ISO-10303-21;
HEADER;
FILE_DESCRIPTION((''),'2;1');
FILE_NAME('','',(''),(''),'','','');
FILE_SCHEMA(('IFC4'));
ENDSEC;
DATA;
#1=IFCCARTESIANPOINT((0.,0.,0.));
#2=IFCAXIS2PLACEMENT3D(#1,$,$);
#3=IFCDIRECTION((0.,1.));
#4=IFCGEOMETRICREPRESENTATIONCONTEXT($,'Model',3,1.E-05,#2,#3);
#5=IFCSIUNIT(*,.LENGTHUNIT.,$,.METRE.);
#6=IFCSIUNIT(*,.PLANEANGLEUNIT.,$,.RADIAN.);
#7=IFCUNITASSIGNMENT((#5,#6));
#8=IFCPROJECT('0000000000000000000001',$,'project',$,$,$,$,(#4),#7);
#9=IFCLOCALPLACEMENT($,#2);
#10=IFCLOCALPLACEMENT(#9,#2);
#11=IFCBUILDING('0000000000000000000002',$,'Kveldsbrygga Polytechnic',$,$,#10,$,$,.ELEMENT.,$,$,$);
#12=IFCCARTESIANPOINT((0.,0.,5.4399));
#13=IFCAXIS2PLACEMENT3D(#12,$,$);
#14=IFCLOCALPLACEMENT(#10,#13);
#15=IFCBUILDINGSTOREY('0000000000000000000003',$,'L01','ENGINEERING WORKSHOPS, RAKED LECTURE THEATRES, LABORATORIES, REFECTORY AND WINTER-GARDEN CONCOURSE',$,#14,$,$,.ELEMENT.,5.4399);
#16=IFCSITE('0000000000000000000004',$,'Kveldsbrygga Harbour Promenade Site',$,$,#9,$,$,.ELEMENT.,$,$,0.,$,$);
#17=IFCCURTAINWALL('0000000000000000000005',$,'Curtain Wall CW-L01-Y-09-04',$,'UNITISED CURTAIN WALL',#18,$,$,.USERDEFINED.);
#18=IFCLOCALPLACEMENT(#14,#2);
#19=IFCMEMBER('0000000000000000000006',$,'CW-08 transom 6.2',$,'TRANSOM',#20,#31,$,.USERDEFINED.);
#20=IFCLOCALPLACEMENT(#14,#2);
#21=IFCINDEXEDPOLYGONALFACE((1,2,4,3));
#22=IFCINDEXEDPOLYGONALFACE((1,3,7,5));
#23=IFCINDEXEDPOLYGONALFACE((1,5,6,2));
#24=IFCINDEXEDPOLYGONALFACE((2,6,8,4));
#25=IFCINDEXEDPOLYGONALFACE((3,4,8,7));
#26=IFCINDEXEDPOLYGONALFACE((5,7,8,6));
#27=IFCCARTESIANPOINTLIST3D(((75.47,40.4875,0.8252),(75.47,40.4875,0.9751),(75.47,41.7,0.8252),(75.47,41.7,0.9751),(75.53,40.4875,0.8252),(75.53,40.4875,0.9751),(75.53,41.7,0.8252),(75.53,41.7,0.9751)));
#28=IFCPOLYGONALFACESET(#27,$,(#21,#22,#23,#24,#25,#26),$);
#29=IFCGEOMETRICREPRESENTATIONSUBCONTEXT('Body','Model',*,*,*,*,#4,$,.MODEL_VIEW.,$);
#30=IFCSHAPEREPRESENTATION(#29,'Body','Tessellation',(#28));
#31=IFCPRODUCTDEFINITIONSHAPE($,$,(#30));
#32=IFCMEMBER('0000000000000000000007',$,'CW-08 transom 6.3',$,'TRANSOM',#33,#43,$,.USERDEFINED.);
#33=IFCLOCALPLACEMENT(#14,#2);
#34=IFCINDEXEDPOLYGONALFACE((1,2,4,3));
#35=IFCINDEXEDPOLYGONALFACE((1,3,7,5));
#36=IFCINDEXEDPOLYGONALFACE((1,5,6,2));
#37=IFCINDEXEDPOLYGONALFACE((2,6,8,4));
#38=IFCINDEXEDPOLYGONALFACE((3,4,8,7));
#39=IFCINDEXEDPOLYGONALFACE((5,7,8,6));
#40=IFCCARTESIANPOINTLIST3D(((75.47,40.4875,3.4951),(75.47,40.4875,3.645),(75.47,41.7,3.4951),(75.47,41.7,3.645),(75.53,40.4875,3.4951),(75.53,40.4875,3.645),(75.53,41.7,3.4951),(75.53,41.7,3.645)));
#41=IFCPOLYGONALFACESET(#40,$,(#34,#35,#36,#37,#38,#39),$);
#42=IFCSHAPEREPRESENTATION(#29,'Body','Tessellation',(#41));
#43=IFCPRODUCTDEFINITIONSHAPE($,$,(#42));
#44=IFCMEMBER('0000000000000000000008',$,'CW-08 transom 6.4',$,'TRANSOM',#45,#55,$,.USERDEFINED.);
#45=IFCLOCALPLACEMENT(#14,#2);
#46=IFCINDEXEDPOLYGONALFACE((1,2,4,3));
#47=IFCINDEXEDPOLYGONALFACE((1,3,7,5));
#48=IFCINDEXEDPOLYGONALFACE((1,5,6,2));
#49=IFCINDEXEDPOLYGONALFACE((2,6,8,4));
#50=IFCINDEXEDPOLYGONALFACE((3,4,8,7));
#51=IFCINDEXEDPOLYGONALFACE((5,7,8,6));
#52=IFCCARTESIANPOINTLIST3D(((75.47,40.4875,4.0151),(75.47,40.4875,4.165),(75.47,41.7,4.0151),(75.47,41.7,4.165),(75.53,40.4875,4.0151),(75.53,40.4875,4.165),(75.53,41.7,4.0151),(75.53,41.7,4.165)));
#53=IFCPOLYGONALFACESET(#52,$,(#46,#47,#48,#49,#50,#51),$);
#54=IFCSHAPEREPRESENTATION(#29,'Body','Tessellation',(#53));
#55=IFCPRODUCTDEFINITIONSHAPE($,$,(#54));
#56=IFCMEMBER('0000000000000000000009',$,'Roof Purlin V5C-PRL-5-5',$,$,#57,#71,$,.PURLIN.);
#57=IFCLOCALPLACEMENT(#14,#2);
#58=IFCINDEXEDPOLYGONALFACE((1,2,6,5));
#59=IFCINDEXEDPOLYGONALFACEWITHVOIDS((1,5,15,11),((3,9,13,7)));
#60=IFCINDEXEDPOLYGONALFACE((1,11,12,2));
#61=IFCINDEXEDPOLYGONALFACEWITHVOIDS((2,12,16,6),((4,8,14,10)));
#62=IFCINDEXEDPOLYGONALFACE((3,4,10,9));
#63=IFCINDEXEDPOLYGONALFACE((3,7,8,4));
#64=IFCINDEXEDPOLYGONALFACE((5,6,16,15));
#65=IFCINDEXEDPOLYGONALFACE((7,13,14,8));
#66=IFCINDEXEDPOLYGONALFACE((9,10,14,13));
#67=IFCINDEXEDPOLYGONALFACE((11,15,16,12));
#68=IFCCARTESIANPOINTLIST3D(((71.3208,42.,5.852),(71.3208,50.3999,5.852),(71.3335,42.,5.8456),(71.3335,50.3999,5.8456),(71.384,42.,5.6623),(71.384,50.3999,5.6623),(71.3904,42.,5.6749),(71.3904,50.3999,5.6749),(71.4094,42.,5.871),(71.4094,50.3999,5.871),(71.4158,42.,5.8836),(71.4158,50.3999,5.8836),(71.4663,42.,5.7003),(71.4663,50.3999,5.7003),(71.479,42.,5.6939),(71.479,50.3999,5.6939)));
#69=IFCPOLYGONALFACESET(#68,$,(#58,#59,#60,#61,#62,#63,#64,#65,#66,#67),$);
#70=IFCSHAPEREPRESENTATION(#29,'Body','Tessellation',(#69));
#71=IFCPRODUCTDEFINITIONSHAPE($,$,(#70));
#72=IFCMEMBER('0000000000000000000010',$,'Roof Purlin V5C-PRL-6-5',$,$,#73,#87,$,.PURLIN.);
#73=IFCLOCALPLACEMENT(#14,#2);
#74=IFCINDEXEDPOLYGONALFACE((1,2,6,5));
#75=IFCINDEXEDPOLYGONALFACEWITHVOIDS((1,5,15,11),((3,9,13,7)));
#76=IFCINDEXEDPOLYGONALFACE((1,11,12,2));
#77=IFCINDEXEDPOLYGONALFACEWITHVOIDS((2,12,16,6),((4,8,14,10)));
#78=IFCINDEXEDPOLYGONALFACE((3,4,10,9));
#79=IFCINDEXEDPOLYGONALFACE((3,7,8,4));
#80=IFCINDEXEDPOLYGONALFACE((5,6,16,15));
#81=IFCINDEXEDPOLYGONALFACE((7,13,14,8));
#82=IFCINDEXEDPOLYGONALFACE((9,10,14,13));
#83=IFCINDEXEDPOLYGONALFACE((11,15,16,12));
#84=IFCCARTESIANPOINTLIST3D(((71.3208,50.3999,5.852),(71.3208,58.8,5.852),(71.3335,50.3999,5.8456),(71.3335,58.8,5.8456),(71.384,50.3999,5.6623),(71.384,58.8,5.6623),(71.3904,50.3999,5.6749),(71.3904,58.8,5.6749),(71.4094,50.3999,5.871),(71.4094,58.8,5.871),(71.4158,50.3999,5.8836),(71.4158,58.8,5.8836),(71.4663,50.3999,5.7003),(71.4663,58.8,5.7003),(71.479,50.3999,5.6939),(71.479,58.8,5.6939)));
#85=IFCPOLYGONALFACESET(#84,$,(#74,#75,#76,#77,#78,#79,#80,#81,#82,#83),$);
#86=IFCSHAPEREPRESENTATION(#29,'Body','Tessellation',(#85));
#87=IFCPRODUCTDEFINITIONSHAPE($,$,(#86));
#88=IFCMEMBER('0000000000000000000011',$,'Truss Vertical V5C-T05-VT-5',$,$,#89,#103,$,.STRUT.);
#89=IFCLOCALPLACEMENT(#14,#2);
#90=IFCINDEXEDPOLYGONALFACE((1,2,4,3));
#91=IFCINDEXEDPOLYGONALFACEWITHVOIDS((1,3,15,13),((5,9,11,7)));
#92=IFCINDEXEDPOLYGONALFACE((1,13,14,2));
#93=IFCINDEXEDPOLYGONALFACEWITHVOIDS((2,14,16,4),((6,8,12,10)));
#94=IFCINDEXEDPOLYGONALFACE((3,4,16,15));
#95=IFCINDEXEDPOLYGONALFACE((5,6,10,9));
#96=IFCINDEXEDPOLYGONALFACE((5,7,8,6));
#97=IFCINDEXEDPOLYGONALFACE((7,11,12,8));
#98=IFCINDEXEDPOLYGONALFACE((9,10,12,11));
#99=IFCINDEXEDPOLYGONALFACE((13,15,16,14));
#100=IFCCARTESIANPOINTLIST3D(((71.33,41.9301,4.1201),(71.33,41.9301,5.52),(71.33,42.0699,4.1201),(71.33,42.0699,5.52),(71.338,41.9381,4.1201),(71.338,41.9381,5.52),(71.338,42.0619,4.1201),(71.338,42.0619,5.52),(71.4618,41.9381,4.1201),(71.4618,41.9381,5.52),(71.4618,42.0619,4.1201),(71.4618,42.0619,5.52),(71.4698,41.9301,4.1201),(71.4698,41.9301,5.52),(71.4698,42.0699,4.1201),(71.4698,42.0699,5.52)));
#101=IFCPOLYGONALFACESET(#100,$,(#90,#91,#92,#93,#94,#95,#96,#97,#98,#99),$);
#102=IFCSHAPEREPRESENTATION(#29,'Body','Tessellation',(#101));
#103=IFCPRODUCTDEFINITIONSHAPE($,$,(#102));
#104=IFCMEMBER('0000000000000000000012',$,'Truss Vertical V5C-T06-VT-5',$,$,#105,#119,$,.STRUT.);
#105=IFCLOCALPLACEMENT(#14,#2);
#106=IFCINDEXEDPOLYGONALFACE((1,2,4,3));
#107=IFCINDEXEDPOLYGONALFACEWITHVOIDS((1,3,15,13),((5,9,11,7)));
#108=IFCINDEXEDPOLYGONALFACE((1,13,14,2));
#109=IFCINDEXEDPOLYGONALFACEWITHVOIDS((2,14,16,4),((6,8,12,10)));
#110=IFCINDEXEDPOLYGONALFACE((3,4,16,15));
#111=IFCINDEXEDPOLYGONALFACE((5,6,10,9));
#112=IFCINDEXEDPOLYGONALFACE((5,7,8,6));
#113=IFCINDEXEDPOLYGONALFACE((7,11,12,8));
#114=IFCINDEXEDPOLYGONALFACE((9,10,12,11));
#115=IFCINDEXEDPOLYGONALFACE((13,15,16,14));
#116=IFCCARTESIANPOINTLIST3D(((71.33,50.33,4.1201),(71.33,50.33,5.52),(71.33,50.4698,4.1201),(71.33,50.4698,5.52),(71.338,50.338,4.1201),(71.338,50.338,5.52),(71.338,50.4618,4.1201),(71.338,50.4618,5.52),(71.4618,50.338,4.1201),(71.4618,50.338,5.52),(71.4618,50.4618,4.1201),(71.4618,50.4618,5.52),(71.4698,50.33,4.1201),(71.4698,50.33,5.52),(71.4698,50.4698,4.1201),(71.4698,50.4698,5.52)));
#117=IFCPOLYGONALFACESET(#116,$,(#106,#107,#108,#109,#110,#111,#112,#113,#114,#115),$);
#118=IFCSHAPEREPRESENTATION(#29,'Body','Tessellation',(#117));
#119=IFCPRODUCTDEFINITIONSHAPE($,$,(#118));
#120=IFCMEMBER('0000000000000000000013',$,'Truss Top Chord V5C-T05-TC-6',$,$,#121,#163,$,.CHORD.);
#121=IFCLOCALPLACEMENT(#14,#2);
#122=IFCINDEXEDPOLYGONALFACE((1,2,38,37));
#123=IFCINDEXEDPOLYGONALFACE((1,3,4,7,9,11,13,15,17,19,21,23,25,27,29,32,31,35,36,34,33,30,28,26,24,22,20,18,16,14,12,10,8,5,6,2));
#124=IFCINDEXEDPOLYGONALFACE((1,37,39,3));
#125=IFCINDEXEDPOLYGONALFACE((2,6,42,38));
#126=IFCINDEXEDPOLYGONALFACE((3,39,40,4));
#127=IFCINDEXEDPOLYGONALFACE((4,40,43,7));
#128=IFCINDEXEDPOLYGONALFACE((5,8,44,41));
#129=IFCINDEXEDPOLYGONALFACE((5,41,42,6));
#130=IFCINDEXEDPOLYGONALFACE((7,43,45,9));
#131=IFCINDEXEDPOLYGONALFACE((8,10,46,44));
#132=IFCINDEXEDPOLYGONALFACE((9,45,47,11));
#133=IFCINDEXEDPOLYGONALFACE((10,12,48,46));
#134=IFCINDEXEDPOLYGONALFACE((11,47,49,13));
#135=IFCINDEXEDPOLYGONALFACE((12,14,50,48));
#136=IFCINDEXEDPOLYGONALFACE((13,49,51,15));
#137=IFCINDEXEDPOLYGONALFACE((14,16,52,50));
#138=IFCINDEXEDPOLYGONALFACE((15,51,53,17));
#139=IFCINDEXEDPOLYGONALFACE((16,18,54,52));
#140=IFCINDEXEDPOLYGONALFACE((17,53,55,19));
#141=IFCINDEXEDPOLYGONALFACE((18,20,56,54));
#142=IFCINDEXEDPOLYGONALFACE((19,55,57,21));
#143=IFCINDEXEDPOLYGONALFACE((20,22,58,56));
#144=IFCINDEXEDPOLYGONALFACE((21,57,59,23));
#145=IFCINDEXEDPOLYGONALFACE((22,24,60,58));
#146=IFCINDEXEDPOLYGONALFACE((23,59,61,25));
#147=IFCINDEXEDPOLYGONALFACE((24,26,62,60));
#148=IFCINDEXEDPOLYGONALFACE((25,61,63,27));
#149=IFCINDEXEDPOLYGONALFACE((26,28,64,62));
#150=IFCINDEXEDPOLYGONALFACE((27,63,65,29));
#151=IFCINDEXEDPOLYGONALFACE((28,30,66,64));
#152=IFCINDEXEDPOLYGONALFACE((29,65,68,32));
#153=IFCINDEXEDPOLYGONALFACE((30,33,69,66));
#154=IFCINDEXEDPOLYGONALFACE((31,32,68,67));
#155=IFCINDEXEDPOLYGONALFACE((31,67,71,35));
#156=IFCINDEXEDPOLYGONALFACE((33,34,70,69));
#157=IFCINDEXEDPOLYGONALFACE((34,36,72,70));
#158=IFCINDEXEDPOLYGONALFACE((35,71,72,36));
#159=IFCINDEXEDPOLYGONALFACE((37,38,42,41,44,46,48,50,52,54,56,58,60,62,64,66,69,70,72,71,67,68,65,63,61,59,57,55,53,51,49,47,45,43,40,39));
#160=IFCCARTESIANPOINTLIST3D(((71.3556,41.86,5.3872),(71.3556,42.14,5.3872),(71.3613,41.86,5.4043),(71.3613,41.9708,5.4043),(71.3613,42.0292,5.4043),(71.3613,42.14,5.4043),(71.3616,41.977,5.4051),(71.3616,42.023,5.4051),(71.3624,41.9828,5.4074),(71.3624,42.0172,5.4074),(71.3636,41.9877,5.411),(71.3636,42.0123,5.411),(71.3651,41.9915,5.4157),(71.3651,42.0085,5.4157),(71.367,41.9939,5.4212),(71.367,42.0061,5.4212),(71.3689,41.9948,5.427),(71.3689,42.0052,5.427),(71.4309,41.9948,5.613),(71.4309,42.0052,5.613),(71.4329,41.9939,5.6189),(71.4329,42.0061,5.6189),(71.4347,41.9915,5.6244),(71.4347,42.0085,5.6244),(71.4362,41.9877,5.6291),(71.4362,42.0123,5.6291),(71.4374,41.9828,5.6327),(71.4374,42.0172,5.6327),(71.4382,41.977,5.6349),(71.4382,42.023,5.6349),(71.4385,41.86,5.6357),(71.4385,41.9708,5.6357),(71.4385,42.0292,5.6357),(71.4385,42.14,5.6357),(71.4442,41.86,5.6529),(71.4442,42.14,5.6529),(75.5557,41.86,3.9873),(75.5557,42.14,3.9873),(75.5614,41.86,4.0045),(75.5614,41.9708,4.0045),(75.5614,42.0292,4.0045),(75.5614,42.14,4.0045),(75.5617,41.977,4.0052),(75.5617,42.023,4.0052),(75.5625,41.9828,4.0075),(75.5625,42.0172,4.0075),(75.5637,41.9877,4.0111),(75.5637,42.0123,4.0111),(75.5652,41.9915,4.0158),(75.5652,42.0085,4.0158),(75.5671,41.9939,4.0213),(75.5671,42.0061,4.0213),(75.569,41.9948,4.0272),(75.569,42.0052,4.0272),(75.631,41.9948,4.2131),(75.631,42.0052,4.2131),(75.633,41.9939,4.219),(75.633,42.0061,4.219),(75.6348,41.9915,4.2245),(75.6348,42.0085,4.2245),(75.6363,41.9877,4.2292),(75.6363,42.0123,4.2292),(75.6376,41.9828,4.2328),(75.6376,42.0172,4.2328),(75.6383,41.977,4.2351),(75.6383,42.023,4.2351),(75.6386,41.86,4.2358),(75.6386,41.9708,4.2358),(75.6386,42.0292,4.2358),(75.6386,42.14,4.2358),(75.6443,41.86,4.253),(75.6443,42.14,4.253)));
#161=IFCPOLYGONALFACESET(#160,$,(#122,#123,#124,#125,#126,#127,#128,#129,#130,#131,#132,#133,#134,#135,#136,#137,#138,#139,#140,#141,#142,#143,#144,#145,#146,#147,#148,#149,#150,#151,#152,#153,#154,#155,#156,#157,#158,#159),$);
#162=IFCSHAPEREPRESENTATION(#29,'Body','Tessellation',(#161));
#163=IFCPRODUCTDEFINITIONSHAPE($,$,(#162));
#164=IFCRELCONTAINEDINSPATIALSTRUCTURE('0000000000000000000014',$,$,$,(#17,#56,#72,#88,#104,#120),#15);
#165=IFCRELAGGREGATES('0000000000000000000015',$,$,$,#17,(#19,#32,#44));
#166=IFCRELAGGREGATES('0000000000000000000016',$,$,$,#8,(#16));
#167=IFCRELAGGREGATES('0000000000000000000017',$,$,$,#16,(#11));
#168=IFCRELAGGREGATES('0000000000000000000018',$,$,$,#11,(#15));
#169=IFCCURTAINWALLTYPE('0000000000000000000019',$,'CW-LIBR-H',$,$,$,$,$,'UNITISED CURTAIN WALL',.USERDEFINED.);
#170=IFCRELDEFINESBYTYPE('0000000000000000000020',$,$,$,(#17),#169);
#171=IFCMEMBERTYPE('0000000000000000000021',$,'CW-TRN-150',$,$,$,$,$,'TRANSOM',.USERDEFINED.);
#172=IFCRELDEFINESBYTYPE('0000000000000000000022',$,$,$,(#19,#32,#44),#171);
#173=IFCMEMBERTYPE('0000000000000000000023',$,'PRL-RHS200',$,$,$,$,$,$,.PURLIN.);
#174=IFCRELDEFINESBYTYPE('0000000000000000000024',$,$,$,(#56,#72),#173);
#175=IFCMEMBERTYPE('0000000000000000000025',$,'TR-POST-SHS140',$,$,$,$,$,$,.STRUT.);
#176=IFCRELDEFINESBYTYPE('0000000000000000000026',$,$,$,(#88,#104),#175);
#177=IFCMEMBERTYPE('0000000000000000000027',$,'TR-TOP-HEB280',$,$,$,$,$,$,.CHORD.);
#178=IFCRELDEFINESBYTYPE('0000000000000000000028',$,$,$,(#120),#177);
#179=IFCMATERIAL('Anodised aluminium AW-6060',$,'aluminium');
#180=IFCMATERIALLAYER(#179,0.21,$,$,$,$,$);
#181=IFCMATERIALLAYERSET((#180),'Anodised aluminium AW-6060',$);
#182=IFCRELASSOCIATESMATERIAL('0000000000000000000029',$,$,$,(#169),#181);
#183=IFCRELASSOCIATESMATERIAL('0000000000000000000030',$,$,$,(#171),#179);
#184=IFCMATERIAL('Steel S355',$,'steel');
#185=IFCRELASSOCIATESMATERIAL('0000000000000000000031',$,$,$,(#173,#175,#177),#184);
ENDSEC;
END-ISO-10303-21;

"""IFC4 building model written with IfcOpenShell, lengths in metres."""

from ifc_helpers import new_model, si_unit, direction, frame, origin, origin_2d, place, context, subcontext, project, spatial, rectangle, hollow_rectangle, i_section, extrude, material, layer, layer_set, material_profile, profile_set, type_object, element, aggregate, save


model = new_model("IFC4")

# Units and contexts
model_context = context("Model", 3, precision=1e-05, world=origin(), true_north=direction((0.0, 1.0)))
body_context = subcontext(model_context, "Body", "Model", "MODEL_VIEW")
ifc_project = project(units=[si_unit("LENGTHUNIT", "METRE"), si_unit("PLANEANGLEUNIT", "RADIAN")], contexts=[model_context])

# Site, building, storey
site_placement = place(None, origin())
site = spatial("IfcSite", under=ifc_project, at=site_placement, Name="Kveldsbrygga Harbour Promenade Site", CompositionType="ELEMENT", RefElevation=0.0)
building_placement = place(site_placement, origin())
building = spatial("IfcBuilding", under=site, at=building_placement, Name="Kveldsbrygga Polytechnic", CompositionType="ELEMENT")
storey_placement = place(building_placement, frame((0.0, 0.0, 5.4399)))
storey = spatial("IfcBuildingStorey", under=building, at=storey_placement, Name="L01", Description="ENGINEERING WORKSHOPS, RAKED LECTURE THEATRES, LABORATORIES, REFECTORY AND WINTER-GARDEN CONCOURSE", CompositionType="ELEMENT", Elevation=5.4399)

# Shared definitions
ifc_material_1 = material(Name="Anodised aluminium AW-6060", Category="aluminium")

# Curtain wall
ifc_layer_1 = layer(ifc_material_1, 0.21)
ifc_layer_set_1 = layer_set([ifc_layer_1], Name="Anodised aluminium AW-6060")
curtain_wall_type_1 = type_object("IfcCurtainWallType", Name="CW-LIBR-H", ElementType="UNITISED CURTAIN WALL", PredefinedType="USERDEFINED", material=ifc_layer_set_1)
curtain_wall_1_placement = place(storey_placement, origin())
curtain_wall_1 = element("IfcCurtainWall", 1, at=curtain_wall_1_placement, inside=storey, type_object=curtain_wall_type_1, Name="Curtain Wall CW-L01-Y-09-04", ObjectType="UNITISED CURTAIN WALL", PredefinedType="USERDEFINED")

# Members
ifc_material_profile_1 = material_profile(ifc_material_1, rectangle(XDim=0.0601, YDim=0.1499, at=origin_2d()), Name="ALU 60x150")
ifc_profile_set_1 = profile_set([ifc_material_profile_1], Name="Anodised aluminium AW-6060")
member_type_1 = type_object("IfcMemberType", Name="CW-TRN-150", ElementType="TRANSOM", PredefinedType="USERDEFINED", material=ifc_profile_set_1)
member_1_placement = place(storey_placement, frame((75.5, 40.4875, 0.9001), z_axis=(0.0, 1.0, 0.0), x_axis=(-1.0, 0.0, 0.0)))
member_1 = element("IfcMember", 2, at=member_1_placement, type_object=member_type_1, Name="CW-08 transom 6.2", ObjectType="TRANSOM", PredefinedType="USERDEFINED", context=body_context, shape_type="SweptSolid", body=[
    extrude(rectangle(XDim=0.0601, YDim=0.1499, at=origin_2d()), origin(), (0.0, 0.0, 1.0), 1.2124),
])
member_2_placement = place(storey_placement, frame((75.5, 40.4875, 3.5701), z_axis=(0.0, 1.0, 0.0), x_axis=(-1.0, 0.0, 0.0)))
member_2 = element("IfcMember", 3, at=member_2_placement, type_object=member_type_1, Name="CW-08 transom 6.3", ObjectType="TRANSOM", PredefinedType="USERDEFINED", context=body_context, shape_type="SweptSolid", body=[
    extrude(rectangle(XDim=0.0601, YDim=0.1499, at=origin_2d()), origin(), (0.0, 0.0, 1.0), 1.2124),
])
member_3_placement = place(storey_placement, frame((75.5, 40.4875, 4.0901), z_axis=(0.0, 1.0, 0.0), x_axis=(-1.0, 0.0, 0.0)))
member_3 = element("IfcMember", 4, at=member_3_placement, type_object=member_type_1, Name="CW-08 transom 6.4", ObjectType="TRANSOM", PredefinedType="USERDEFINED", context=body_context, shape_type="SweptSolid", body=[
    extrude(rectangle(XDim=0.0601, YDim=0.1499, at=origin_2d()), origin(), (0.0, 0.0, 1.0), 1.2124),
])

# Members
ifc_material_2 = material(Name="Steel S355", Category="steel")
ifc_material_profile_2 = material_profile(ifc_material_2, hollow_rectangle(XDim=0.1001, YDim=0.2, WallThickness=0.01, at=origin_2d()), Name="RHS 200x100x10.0")
ifc_profile_set_2 = profile_set([ifc_material_profile_2], Name="Steel S355")
member_type_2 = type_object("IfcMemberType", Name="PRL-RHS200", PredefinedType="PURLIN", material=ifc_profile_set_2)
member_4_placement = place(storey_placement, frame((71.3999, 42.0, 5.7729), z_axis=(0.0, 1.0, 0.0), x_axis=(-0.948684, 0.0, -0.316227)))
element("IfcMember", 5, at=member_4_placement, inside=storey, type_object=member_type_2, Name="Roof Purlin V5C-PRL-5-5", PredefinedType="PURLIN", context=body_context, shape_type="SweptSolid", body=[
    extrude(hollow_rectangle(XDim=0.1001, YDim=0.2, WallThickness=0.01, at=origin_2d()), origin(), (0.0, 0.0, 1.0), 8.3999),
])
member_5_placement = place(storey_placement, frame((71.3999, 50.3999, 5.7729), z_axis=(0.0, 1.0, 0.0), x_axis=(-0.948684, 0.0, -0.316227)))
element("IfcMember", 6, at=member_5_placement, inside=storey, type_object=member_type_2, Name="Roof Purlin V5C-PRL-6-5", PredefinedType="PURLIN", context=body_context, shape_type="SweptSolid", body=[
    extrude(hollow_rectangle(XDim=0.1001, YDim=0.2, WallThickness=0.01, at=origin_2d()), origin(), (0.0, 0.0, 1.0), 8.4001),
])
ifc_material_profile_3 = material_profile(ifc_material_2, hollow_rectangle(XDim=0.1399, YDim=0.1399, WallThickness=0.0081, at=origin_2d()), Name="SHS 140x140x8.0")
ifc_profile_set_3 = profile_set([ifc_material_profile_3], Name="Steel S355")
member_type_3 = type_object("IfcMemberType", Name="TR-POST-SHS140", PredefinedType="STRUT", material=ifc_profile_set_3)
for number, where, z_axis, x_axis, name in (
    (7, (71.3999, 42.0, 4.1201), (0.0, 0.0, 1.0), (1.0, 0.0, 0.0), "Truss Vertical V5C-T05-VT-5"),
    (8, (71.3999, 50.3999, 4.1201), (0.0, 0.0, 1.0), (1.0, 0.0, 0.0), "Truss Vertical V5C-T06-VT-5"),
):
    element("IfcMember", number, at=place(storey_placement, frame(where, z_axis=z_axis, x_axis=x_axis)), inside=storey, type_object=member_type_3, Name=name, PredefinedType="STRUT", context=body_context, shape_type="SweptSolid", body=[
        extrude(hollow_rectangle(XDim=0.1399, YDim=0.1399, WallThickness=0.0081, at=origin_2d()), origin(), (0.0, 0.0, 1.0), 1.3999),
    ])
ifc_material_profile_4 = material_profile(ifc_material_2, i_section(OverallWidth=0.28, OverallDepth=0.28, WebThickness=0.0105, FlangeThickness=0.0181, FilletRadius=0.0239, at=origin_2d()), Name="HEB 280")
ifc_profile_set_4 = profile_set([ifc_material_profile_4], Name="Steel S355")
member_type_4 = type_object("IfcMemberType", Name="TR-TOP-HEB280", PredefinedType="CHORD", material=ifc_profile_set_4)
for number, where, z_axis, x_axis, name in (
    (9, (71.3999, 42.0, 5.52), (0.948694, 0.0, -0.316195), (0.0, 1.0, 0.0), "Truss Top Chord V5C-T05-TC-6"),
):
    element("IfcMember", number, at=place(storey_placement, frame(where, z_axis=z_axis, x_axis=x_axis)), inside=storey, type_object=member_type_4, Name=name, PredefinedType="CHORD", context=body_context, shape_type="SweptSolid", body=[
        extrude(i_section(OverallWidth=0.28, OverallDepth=0.28, WebThickness=0.0105, FlangeThickness=0.0181, FilletRadius=0.0239, at=origin_2d()), origin(), (0.0, 0.0, 1.0), 4.4272),
    ])

aggregate(curtain_wall_1, [member_1, member_2, member_3])

save(model, "model.ifc")
